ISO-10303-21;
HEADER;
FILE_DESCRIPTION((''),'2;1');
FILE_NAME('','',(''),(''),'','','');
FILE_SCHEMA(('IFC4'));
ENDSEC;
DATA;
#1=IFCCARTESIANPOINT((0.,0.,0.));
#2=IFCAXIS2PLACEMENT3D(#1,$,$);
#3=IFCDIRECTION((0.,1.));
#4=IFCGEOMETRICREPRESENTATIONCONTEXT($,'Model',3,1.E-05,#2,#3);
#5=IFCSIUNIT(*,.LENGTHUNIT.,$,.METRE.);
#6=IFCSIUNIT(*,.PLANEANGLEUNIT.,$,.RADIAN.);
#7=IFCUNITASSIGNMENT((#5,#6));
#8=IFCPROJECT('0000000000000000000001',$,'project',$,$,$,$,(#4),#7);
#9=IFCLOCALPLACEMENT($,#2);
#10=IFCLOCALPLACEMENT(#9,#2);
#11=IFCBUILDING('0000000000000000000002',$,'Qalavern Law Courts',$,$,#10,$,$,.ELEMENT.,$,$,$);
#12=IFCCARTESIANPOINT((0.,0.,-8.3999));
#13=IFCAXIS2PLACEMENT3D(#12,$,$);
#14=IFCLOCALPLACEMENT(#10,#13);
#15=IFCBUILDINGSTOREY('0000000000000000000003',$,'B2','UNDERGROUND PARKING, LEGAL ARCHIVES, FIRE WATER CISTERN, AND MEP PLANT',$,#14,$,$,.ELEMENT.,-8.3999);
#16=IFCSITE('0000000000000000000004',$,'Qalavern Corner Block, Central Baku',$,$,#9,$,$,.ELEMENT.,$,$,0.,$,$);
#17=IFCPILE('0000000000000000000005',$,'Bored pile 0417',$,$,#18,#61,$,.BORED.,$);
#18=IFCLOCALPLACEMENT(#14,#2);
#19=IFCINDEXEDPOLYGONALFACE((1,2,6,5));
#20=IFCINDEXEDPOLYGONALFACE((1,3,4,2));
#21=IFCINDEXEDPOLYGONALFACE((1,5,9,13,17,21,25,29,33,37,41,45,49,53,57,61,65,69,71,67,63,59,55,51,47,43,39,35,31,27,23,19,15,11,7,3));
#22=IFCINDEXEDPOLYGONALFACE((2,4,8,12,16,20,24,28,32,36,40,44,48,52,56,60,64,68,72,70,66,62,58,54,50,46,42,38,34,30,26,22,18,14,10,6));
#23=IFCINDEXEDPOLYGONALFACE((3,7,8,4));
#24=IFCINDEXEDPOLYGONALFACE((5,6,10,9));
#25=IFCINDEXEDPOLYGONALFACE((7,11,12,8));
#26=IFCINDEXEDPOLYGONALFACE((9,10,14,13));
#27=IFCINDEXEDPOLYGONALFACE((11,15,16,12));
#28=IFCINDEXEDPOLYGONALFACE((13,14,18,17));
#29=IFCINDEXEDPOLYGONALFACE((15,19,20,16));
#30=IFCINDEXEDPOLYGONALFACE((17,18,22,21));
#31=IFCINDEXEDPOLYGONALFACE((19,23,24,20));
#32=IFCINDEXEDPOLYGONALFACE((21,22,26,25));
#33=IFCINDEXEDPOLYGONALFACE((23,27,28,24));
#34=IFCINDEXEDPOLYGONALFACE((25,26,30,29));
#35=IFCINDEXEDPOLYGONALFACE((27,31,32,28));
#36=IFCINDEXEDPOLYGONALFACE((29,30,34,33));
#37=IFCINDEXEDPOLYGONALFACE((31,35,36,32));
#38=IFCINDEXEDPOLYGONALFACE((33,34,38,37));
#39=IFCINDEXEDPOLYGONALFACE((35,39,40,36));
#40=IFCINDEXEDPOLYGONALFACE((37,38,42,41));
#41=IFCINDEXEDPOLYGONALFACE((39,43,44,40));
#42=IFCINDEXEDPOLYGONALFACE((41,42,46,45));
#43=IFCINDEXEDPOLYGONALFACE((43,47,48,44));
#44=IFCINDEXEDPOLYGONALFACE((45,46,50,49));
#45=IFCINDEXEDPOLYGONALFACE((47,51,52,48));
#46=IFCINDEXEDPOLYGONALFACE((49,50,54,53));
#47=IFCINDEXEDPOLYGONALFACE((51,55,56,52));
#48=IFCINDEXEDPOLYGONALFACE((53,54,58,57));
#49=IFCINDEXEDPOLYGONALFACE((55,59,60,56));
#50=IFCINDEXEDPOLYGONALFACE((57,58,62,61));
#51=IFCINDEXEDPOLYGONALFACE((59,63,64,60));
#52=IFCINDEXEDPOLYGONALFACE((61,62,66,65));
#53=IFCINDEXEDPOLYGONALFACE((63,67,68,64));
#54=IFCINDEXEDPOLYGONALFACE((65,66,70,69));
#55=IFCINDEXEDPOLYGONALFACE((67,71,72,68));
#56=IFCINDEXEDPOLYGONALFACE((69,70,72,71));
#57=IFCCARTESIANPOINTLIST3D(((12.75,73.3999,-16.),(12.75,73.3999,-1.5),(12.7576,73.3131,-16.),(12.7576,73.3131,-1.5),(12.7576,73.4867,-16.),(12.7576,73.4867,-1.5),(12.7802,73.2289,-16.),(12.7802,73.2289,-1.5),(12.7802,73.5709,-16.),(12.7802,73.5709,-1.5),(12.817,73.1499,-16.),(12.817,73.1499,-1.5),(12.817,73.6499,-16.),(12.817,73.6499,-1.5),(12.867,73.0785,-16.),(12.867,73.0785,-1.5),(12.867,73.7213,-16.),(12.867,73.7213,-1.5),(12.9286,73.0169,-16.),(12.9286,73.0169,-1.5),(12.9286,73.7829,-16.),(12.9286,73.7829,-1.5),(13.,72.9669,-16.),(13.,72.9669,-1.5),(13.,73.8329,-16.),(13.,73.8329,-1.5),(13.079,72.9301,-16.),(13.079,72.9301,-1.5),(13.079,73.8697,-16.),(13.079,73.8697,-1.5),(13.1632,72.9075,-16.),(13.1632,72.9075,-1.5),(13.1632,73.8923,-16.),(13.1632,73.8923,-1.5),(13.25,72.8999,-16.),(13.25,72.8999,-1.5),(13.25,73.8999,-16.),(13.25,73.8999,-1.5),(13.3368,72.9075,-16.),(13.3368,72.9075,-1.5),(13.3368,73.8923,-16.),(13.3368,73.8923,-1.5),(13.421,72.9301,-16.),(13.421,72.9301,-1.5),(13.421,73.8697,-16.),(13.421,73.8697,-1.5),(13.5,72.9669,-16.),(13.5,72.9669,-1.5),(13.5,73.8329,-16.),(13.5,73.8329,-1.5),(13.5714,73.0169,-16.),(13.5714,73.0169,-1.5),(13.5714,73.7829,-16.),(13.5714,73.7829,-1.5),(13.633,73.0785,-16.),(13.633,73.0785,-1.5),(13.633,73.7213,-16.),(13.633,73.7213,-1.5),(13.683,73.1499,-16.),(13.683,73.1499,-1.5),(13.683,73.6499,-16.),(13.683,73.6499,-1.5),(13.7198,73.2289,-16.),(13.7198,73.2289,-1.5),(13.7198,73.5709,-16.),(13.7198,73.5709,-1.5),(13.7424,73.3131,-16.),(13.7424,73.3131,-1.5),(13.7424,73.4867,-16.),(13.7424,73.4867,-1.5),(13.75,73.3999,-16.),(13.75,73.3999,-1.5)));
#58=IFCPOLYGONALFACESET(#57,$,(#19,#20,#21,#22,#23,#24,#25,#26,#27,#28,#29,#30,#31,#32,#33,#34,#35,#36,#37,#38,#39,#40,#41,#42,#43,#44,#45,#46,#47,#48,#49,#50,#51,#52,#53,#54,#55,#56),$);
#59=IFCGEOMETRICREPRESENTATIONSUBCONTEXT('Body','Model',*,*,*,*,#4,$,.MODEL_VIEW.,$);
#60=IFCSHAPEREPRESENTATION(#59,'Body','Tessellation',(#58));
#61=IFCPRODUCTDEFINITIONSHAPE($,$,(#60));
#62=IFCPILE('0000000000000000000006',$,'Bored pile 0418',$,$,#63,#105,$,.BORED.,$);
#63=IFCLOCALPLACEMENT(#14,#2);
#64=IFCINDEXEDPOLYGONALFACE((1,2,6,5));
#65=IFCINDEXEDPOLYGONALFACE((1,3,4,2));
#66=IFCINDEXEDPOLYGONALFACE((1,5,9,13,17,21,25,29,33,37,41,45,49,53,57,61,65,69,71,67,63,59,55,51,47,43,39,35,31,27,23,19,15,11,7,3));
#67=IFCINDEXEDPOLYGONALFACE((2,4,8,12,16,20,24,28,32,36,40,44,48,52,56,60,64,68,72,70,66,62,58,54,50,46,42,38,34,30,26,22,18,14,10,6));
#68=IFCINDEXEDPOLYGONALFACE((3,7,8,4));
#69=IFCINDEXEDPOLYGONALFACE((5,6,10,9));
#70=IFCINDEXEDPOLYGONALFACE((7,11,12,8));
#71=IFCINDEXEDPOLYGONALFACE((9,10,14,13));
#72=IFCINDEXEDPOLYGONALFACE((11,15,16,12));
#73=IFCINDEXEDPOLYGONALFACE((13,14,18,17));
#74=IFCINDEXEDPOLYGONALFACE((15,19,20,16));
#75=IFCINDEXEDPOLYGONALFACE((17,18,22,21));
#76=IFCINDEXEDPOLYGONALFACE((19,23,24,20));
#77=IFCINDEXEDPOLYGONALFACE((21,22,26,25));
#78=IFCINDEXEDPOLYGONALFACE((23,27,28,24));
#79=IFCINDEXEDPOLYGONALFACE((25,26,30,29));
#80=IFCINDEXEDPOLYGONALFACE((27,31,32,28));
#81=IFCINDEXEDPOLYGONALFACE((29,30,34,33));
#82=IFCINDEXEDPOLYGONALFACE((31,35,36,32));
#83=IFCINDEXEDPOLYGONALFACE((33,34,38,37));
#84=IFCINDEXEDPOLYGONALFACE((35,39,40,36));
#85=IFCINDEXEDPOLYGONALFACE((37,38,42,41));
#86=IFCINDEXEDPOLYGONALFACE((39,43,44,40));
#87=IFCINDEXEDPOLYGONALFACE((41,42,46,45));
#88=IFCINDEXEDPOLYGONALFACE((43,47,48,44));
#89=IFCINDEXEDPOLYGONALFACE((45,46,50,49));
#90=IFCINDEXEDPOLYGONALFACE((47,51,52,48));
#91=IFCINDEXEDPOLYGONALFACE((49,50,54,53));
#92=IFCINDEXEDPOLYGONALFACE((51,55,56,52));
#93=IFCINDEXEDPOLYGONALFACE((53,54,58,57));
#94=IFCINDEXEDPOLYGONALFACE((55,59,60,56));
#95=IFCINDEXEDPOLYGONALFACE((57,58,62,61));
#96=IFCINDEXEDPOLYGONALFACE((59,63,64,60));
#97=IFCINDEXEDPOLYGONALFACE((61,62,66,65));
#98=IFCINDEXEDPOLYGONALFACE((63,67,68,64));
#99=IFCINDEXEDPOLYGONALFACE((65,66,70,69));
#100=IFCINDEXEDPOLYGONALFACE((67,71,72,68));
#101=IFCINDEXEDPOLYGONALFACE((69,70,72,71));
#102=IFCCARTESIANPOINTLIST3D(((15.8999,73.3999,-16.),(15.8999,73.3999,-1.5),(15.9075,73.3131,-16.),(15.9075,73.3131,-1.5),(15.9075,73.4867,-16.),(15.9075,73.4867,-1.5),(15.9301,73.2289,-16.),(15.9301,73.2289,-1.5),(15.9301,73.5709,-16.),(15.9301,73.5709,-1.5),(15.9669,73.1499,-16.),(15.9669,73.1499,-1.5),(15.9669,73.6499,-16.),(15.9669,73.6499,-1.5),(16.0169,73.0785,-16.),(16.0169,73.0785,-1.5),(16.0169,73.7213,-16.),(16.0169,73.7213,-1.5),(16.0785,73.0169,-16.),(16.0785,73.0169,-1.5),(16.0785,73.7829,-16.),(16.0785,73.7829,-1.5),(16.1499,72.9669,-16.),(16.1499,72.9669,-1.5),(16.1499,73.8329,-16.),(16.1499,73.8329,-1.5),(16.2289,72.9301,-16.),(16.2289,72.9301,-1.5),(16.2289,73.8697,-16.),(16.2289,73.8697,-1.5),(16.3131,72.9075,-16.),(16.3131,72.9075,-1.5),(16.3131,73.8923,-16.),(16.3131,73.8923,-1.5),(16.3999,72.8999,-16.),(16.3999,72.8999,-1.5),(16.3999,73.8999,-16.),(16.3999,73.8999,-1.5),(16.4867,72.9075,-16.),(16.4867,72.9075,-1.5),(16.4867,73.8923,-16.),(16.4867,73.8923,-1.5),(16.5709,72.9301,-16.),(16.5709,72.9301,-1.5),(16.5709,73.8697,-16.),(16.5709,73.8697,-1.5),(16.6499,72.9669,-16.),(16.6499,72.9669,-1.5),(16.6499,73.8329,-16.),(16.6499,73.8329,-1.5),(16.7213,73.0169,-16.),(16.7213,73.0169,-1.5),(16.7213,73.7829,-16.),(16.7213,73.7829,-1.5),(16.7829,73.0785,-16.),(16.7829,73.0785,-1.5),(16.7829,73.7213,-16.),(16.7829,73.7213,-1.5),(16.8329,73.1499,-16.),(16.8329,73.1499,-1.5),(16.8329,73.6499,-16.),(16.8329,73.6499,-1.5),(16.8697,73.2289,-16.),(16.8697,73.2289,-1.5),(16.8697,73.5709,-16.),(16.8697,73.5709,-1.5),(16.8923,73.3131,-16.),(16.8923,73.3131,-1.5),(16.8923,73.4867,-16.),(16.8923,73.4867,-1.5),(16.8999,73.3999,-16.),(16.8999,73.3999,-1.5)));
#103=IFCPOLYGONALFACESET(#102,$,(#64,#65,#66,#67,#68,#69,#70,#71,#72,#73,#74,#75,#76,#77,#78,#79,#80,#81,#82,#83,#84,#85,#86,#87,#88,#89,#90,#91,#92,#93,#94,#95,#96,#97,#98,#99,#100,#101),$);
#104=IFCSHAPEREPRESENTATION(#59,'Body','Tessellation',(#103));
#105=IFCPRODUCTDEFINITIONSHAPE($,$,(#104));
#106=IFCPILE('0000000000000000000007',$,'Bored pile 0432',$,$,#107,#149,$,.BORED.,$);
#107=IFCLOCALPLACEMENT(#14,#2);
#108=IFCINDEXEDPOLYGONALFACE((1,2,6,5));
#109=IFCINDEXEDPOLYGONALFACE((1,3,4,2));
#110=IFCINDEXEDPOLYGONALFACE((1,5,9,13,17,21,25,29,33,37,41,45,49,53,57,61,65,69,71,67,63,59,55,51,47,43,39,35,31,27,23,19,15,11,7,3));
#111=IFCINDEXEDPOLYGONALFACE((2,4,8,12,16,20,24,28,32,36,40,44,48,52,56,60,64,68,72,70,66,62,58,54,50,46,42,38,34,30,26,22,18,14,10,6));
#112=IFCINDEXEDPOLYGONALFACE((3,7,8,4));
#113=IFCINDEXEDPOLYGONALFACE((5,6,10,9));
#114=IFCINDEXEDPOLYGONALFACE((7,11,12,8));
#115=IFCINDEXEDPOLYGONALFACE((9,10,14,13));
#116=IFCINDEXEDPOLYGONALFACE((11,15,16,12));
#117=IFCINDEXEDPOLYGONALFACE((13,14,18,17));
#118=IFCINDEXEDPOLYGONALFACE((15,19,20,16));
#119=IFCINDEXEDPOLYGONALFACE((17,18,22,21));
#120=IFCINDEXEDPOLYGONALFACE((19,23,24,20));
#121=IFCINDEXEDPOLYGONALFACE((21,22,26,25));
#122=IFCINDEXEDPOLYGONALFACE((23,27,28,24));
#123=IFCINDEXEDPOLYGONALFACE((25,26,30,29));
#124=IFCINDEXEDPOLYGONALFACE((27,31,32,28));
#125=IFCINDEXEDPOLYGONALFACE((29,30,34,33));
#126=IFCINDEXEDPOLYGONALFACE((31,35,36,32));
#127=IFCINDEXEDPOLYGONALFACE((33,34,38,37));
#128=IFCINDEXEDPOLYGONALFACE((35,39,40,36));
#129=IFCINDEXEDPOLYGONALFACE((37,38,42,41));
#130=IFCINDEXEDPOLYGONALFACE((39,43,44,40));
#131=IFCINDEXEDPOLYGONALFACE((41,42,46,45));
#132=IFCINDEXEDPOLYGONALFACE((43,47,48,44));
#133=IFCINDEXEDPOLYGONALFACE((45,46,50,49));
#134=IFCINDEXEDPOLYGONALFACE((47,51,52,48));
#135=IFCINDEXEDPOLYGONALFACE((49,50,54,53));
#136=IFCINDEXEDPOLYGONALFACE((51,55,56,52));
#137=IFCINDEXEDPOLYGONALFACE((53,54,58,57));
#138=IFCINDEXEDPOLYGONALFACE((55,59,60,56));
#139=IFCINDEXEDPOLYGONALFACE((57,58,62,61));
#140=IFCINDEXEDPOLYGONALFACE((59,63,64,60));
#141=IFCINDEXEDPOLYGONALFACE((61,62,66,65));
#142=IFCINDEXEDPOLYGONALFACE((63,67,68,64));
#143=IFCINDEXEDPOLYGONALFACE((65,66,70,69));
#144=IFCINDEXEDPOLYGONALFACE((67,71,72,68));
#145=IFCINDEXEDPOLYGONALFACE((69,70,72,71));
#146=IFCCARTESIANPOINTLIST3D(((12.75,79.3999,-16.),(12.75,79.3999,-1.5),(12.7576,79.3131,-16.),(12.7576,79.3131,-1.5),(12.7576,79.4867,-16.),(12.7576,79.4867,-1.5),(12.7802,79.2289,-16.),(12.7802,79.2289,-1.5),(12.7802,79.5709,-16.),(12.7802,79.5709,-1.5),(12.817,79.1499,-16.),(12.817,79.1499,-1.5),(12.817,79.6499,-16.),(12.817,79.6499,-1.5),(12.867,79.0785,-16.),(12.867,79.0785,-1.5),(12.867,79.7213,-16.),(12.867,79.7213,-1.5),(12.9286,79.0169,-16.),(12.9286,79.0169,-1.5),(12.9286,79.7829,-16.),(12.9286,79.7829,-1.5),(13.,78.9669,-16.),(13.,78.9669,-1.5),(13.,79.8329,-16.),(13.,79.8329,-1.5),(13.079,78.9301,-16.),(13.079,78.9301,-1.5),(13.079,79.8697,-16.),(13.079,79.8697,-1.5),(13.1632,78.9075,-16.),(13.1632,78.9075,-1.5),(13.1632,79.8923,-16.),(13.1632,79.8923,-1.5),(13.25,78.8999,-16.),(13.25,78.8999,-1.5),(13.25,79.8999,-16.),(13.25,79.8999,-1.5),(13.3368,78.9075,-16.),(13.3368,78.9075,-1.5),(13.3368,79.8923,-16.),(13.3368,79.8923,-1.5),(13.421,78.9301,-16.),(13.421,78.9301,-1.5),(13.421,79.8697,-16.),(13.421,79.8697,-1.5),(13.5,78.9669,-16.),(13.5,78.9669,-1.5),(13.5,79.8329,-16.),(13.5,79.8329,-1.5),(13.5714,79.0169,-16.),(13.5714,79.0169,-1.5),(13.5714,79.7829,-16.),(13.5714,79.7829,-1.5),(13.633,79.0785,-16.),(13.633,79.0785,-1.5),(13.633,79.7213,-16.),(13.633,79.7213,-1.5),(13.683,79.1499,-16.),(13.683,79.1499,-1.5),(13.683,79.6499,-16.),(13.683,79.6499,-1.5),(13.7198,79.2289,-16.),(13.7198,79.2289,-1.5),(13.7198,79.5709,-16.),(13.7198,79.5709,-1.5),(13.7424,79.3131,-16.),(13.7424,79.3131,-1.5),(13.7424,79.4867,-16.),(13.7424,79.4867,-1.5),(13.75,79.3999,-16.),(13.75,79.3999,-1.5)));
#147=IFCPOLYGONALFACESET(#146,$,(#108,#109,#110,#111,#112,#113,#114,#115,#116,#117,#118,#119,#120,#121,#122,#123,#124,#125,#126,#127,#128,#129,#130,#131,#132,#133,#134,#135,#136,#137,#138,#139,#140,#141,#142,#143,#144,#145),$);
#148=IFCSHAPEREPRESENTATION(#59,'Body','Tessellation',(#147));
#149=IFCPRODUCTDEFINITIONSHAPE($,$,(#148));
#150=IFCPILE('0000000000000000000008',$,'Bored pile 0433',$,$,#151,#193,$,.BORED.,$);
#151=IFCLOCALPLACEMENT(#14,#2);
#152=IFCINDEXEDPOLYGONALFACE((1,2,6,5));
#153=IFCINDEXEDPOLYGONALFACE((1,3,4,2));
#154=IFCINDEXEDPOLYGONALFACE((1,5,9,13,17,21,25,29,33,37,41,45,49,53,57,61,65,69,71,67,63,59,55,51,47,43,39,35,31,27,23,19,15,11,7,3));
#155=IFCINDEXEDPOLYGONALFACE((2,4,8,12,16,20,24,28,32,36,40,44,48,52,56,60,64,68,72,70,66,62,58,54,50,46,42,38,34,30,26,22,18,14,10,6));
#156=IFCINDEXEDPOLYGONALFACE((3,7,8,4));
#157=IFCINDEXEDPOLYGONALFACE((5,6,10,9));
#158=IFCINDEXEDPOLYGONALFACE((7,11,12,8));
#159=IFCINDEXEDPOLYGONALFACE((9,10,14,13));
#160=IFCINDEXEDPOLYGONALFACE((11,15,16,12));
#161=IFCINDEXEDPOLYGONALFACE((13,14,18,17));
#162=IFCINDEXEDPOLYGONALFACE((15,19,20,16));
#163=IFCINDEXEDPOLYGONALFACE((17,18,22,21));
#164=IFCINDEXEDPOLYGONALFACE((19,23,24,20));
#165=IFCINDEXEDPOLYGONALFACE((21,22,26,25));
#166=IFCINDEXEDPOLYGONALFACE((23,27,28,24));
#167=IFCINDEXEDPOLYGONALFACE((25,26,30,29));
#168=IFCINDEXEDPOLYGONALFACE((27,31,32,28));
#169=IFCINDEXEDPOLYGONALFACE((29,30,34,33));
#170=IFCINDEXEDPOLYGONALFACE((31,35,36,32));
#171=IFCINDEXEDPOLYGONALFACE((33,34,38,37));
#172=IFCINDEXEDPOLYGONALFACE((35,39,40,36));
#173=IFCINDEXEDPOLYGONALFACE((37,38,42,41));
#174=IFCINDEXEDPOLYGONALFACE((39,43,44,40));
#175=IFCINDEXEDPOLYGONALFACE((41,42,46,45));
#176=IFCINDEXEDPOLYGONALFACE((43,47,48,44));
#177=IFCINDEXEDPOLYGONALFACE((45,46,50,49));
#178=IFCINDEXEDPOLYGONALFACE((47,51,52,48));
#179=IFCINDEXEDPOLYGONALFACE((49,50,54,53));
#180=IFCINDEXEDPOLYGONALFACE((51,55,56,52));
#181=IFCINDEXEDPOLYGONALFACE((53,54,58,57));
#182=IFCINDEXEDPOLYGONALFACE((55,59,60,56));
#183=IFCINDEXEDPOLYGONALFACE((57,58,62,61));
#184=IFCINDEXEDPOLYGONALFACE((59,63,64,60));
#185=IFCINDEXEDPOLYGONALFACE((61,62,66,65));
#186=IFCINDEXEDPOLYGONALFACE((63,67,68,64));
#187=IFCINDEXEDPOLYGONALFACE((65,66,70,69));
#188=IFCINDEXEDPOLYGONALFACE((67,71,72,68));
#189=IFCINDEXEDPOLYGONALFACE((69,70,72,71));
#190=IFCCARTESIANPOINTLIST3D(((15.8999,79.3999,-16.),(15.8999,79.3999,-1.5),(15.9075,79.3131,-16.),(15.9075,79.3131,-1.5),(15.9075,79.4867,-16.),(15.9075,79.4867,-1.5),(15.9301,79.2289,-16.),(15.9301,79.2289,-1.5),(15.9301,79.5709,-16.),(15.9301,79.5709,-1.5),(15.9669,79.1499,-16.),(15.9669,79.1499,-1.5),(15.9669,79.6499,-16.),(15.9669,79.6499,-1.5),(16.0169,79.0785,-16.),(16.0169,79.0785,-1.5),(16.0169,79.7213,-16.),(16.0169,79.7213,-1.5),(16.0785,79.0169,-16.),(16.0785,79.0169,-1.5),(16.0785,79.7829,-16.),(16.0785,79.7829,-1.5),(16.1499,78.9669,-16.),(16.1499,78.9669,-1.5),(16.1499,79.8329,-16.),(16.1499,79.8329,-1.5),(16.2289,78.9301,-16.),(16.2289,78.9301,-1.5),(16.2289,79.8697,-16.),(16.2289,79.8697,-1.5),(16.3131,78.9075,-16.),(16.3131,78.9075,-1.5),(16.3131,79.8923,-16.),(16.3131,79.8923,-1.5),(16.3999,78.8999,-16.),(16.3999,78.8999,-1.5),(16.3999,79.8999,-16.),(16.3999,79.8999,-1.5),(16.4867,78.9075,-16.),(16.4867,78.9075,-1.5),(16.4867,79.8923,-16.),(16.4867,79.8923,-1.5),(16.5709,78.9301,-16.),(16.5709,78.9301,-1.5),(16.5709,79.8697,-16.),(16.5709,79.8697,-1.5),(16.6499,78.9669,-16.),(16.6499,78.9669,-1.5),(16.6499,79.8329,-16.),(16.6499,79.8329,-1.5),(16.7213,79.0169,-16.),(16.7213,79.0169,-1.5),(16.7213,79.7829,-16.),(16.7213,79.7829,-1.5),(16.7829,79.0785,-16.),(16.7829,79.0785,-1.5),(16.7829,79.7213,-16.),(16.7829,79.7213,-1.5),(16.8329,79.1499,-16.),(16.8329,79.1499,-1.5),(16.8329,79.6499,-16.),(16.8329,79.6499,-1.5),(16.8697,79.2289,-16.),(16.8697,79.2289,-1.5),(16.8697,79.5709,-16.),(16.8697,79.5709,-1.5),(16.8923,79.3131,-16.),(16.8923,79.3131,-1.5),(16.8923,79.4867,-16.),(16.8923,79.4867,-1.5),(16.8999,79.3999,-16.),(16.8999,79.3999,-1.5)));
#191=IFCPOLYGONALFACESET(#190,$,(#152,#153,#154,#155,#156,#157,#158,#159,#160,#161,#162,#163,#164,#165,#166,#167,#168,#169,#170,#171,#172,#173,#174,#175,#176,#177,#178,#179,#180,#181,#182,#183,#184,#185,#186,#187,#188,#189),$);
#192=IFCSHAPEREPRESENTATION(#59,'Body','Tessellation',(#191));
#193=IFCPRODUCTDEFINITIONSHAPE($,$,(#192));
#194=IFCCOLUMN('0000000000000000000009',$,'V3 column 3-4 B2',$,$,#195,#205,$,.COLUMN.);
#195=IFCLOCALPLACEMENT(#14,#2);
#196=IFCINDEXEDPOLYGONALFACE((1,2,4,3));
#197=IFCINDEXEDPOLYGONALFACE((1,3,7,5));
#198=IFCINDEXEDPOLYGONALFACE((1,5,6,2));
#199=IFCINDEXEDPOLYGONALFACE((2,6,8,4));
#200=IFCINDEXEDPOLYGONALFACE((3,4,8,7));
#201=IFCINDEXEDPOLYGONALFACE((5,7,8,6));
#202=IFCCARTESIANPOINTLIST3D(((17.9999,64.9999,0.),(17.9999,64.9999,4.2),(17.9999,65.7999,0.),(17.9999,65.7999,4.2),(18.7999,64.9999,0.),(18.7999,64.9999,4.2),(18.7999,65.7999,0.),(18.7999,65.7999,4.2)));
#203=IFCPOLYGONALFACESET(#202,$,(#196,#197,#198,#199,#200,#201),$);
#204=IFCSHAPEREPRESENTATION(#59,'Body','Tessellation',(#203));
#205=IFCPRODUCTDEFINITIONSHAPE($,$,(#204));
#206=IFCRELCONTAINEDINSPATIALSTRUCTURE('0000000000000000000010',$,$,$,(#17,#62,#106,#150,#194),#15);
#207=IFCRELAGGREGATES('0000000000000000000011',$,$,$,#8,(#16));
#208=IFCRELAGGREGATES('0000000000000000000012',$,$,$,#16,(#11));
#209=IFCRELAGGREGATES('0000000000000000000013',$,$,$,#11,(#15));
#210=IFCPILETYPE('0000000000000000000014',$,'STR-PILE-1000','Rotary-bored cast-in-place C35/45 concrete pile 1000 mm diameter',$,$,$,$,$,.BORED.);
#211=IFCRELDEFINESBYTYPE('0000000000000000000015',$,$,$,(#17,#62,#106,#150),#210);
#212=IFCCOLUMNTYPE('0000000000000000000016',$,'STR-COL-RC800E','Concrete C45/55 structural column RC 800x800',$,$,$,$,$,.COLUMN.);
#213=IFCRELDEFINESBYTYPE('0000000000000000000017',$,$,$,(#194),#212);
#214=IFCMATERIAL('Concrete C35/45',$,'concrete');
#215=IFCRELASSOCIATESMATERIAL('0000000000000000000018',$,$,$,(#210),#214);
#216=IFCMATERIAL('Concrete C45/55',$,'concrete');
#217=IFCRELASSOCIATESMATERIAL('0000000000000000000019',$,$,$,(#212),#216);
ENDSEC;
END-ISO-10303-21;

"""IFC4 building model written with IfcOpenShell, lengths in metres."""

from ifc_helpers import new_model, si_unit, direction, frame, origin, origin_2d, place, context, subcontext, project, spatial, rectangle, circle, extrude, material, material_profile, profile_set, type_object, element, save


model = new_model("IFC4")

# Units and contexts
model_context = context("Model", 3, precision=1e-05, world=origin(), true_north=direction((0.0, 1.0)))
body_context = subcontext(model_context, "Body", "Model", "MODEL_VIEW")
ifc_project = project(units=[si_unit("LENGTHUNIT", "METRE"), si_unit("PLANEANGLEUNIT", "RADIAN")], contexts=[model_context])

# Site, building, storey
site_placement = place(None, origin())
site = spatial("IfcSite", under=ifc_project, at=site_placement, Name="Qalavern Corner Block, Central Baku", CompositionType="ELEMENT", RefElevation=0.0)
building_placement = place(site_placement, origin())
building = spatial("IfcBuilding", under=site, at=building_placement, Name="Qalavern Law Courts", CompositionType="ELEMENT")
storey_placement = place(building_placement, frame((0.0, 0.0, -8.3999)))
storey = spatial("IfcBuildingStorey", under=building, at=storey_placement, Name="B2", Description="UNDERGROUND PARKING, LEGAL ARCHIVES, FIRE WATER CISTERN, AND MEP PLANT", CompositionType="ELEMENT", Elevation=-8.3999)

# Shared definitions
ifc_material_1 = material(Name="Concrete C35/45", Category="concrete")

# Piles
ifc_material_profile_1 = material_profile(ifc_material_1, circle(Radius=0.5, at=origin_2d()), Name="BORED PILE 1000")
ifc_profile_set_1 = profile_set([ifc_material_profile_1], Name="Concrete C35/45")
pile_type = type_object("IfcPileType", Name="STR-PILE-1000", Description="Rotary-bored cast-in-place C35/45 concrete pile 1000 mm diameter", PredefinedType="BORED", material=ifc_profile_set_1)
for number, where, z_axis, x_axis, name in (
    (1, (13.25, 73.3999, -1.5), (0.0, 0.0, -1.0), (1.0, 0.0, 0.0), "Bored pile 0417"),
    (2, (16.3999, 73.3999, -1.5), (0.0, 0.0, -1.0), (1.0, 0.0, 0.0), "Bored pile 0418"),
    (3, (13.25, 79.3999, -1.5), (0.0, 0.0, -1.0), (1.0, 0.0, 0.0), "Bored pile 0432"),
    (4, (16.3999, 79.3999, -1.5), (0.0, 0.0, -1.0), (1.0, 0.0, 0.0), "Bored pile 0433"),
):
    element("IfcPile", number, at=place(storey_placement, frame(where, z_axis=z_axis, x_axis=x_axis)), inside=storey, type_object=pile_type, Name=name, PredefinedType="BORED", context=body_context, shape_type="SweptSolid", body=[
        extrude(circle(Radius=0.5, at=origin_2d()), origin(), (0.0, 0.0, 1.0), 14.5),
    ])

# Column
ifc_material_2 = material(Name="Concrete C45/55", Category="concrete")
ifc_material_profile_2 = material_profile(ifc_material_2, rectangle(XDim=0.8, YDim=0.8, at=origin_2d()), Name="RC 800x800")
ifc_profile_set_2 = profile_set([ifc_material_profile_2], Name="Concrete C45/55")
column_type_1 = type_object("IfcColumnType", Name="STR-COL-RC800E", Description="Concrete C45/55 structural column RC 800x800", PredefinedType="COLUMN", material=ifc_profile_set_2)
for number, where, z_axis, x_axis, name in (
    (5, (18.3999, 65.3999, 0.0), (0.0, 0.0, 1.0), (1.0, 0.0, 0.0), "V3 column 3-4 B2"),
):
    element("IfcColumn", number, at=place(storey_placement, frame(where, z_axis=z_axis, x_axis=x_axis)), inside=storey, type_object=column_type_1, Name=name, PredefinedType="COLUMN", context=body_context, shape_type="SweptSolid", body=[
        extrude(rectangle(XDim=0.8, YDim=0.8, at=origin_2d()), origin(), (0.0, 0.0, 1.0), 4.2),
    ])

save(model, "model.ifc")
